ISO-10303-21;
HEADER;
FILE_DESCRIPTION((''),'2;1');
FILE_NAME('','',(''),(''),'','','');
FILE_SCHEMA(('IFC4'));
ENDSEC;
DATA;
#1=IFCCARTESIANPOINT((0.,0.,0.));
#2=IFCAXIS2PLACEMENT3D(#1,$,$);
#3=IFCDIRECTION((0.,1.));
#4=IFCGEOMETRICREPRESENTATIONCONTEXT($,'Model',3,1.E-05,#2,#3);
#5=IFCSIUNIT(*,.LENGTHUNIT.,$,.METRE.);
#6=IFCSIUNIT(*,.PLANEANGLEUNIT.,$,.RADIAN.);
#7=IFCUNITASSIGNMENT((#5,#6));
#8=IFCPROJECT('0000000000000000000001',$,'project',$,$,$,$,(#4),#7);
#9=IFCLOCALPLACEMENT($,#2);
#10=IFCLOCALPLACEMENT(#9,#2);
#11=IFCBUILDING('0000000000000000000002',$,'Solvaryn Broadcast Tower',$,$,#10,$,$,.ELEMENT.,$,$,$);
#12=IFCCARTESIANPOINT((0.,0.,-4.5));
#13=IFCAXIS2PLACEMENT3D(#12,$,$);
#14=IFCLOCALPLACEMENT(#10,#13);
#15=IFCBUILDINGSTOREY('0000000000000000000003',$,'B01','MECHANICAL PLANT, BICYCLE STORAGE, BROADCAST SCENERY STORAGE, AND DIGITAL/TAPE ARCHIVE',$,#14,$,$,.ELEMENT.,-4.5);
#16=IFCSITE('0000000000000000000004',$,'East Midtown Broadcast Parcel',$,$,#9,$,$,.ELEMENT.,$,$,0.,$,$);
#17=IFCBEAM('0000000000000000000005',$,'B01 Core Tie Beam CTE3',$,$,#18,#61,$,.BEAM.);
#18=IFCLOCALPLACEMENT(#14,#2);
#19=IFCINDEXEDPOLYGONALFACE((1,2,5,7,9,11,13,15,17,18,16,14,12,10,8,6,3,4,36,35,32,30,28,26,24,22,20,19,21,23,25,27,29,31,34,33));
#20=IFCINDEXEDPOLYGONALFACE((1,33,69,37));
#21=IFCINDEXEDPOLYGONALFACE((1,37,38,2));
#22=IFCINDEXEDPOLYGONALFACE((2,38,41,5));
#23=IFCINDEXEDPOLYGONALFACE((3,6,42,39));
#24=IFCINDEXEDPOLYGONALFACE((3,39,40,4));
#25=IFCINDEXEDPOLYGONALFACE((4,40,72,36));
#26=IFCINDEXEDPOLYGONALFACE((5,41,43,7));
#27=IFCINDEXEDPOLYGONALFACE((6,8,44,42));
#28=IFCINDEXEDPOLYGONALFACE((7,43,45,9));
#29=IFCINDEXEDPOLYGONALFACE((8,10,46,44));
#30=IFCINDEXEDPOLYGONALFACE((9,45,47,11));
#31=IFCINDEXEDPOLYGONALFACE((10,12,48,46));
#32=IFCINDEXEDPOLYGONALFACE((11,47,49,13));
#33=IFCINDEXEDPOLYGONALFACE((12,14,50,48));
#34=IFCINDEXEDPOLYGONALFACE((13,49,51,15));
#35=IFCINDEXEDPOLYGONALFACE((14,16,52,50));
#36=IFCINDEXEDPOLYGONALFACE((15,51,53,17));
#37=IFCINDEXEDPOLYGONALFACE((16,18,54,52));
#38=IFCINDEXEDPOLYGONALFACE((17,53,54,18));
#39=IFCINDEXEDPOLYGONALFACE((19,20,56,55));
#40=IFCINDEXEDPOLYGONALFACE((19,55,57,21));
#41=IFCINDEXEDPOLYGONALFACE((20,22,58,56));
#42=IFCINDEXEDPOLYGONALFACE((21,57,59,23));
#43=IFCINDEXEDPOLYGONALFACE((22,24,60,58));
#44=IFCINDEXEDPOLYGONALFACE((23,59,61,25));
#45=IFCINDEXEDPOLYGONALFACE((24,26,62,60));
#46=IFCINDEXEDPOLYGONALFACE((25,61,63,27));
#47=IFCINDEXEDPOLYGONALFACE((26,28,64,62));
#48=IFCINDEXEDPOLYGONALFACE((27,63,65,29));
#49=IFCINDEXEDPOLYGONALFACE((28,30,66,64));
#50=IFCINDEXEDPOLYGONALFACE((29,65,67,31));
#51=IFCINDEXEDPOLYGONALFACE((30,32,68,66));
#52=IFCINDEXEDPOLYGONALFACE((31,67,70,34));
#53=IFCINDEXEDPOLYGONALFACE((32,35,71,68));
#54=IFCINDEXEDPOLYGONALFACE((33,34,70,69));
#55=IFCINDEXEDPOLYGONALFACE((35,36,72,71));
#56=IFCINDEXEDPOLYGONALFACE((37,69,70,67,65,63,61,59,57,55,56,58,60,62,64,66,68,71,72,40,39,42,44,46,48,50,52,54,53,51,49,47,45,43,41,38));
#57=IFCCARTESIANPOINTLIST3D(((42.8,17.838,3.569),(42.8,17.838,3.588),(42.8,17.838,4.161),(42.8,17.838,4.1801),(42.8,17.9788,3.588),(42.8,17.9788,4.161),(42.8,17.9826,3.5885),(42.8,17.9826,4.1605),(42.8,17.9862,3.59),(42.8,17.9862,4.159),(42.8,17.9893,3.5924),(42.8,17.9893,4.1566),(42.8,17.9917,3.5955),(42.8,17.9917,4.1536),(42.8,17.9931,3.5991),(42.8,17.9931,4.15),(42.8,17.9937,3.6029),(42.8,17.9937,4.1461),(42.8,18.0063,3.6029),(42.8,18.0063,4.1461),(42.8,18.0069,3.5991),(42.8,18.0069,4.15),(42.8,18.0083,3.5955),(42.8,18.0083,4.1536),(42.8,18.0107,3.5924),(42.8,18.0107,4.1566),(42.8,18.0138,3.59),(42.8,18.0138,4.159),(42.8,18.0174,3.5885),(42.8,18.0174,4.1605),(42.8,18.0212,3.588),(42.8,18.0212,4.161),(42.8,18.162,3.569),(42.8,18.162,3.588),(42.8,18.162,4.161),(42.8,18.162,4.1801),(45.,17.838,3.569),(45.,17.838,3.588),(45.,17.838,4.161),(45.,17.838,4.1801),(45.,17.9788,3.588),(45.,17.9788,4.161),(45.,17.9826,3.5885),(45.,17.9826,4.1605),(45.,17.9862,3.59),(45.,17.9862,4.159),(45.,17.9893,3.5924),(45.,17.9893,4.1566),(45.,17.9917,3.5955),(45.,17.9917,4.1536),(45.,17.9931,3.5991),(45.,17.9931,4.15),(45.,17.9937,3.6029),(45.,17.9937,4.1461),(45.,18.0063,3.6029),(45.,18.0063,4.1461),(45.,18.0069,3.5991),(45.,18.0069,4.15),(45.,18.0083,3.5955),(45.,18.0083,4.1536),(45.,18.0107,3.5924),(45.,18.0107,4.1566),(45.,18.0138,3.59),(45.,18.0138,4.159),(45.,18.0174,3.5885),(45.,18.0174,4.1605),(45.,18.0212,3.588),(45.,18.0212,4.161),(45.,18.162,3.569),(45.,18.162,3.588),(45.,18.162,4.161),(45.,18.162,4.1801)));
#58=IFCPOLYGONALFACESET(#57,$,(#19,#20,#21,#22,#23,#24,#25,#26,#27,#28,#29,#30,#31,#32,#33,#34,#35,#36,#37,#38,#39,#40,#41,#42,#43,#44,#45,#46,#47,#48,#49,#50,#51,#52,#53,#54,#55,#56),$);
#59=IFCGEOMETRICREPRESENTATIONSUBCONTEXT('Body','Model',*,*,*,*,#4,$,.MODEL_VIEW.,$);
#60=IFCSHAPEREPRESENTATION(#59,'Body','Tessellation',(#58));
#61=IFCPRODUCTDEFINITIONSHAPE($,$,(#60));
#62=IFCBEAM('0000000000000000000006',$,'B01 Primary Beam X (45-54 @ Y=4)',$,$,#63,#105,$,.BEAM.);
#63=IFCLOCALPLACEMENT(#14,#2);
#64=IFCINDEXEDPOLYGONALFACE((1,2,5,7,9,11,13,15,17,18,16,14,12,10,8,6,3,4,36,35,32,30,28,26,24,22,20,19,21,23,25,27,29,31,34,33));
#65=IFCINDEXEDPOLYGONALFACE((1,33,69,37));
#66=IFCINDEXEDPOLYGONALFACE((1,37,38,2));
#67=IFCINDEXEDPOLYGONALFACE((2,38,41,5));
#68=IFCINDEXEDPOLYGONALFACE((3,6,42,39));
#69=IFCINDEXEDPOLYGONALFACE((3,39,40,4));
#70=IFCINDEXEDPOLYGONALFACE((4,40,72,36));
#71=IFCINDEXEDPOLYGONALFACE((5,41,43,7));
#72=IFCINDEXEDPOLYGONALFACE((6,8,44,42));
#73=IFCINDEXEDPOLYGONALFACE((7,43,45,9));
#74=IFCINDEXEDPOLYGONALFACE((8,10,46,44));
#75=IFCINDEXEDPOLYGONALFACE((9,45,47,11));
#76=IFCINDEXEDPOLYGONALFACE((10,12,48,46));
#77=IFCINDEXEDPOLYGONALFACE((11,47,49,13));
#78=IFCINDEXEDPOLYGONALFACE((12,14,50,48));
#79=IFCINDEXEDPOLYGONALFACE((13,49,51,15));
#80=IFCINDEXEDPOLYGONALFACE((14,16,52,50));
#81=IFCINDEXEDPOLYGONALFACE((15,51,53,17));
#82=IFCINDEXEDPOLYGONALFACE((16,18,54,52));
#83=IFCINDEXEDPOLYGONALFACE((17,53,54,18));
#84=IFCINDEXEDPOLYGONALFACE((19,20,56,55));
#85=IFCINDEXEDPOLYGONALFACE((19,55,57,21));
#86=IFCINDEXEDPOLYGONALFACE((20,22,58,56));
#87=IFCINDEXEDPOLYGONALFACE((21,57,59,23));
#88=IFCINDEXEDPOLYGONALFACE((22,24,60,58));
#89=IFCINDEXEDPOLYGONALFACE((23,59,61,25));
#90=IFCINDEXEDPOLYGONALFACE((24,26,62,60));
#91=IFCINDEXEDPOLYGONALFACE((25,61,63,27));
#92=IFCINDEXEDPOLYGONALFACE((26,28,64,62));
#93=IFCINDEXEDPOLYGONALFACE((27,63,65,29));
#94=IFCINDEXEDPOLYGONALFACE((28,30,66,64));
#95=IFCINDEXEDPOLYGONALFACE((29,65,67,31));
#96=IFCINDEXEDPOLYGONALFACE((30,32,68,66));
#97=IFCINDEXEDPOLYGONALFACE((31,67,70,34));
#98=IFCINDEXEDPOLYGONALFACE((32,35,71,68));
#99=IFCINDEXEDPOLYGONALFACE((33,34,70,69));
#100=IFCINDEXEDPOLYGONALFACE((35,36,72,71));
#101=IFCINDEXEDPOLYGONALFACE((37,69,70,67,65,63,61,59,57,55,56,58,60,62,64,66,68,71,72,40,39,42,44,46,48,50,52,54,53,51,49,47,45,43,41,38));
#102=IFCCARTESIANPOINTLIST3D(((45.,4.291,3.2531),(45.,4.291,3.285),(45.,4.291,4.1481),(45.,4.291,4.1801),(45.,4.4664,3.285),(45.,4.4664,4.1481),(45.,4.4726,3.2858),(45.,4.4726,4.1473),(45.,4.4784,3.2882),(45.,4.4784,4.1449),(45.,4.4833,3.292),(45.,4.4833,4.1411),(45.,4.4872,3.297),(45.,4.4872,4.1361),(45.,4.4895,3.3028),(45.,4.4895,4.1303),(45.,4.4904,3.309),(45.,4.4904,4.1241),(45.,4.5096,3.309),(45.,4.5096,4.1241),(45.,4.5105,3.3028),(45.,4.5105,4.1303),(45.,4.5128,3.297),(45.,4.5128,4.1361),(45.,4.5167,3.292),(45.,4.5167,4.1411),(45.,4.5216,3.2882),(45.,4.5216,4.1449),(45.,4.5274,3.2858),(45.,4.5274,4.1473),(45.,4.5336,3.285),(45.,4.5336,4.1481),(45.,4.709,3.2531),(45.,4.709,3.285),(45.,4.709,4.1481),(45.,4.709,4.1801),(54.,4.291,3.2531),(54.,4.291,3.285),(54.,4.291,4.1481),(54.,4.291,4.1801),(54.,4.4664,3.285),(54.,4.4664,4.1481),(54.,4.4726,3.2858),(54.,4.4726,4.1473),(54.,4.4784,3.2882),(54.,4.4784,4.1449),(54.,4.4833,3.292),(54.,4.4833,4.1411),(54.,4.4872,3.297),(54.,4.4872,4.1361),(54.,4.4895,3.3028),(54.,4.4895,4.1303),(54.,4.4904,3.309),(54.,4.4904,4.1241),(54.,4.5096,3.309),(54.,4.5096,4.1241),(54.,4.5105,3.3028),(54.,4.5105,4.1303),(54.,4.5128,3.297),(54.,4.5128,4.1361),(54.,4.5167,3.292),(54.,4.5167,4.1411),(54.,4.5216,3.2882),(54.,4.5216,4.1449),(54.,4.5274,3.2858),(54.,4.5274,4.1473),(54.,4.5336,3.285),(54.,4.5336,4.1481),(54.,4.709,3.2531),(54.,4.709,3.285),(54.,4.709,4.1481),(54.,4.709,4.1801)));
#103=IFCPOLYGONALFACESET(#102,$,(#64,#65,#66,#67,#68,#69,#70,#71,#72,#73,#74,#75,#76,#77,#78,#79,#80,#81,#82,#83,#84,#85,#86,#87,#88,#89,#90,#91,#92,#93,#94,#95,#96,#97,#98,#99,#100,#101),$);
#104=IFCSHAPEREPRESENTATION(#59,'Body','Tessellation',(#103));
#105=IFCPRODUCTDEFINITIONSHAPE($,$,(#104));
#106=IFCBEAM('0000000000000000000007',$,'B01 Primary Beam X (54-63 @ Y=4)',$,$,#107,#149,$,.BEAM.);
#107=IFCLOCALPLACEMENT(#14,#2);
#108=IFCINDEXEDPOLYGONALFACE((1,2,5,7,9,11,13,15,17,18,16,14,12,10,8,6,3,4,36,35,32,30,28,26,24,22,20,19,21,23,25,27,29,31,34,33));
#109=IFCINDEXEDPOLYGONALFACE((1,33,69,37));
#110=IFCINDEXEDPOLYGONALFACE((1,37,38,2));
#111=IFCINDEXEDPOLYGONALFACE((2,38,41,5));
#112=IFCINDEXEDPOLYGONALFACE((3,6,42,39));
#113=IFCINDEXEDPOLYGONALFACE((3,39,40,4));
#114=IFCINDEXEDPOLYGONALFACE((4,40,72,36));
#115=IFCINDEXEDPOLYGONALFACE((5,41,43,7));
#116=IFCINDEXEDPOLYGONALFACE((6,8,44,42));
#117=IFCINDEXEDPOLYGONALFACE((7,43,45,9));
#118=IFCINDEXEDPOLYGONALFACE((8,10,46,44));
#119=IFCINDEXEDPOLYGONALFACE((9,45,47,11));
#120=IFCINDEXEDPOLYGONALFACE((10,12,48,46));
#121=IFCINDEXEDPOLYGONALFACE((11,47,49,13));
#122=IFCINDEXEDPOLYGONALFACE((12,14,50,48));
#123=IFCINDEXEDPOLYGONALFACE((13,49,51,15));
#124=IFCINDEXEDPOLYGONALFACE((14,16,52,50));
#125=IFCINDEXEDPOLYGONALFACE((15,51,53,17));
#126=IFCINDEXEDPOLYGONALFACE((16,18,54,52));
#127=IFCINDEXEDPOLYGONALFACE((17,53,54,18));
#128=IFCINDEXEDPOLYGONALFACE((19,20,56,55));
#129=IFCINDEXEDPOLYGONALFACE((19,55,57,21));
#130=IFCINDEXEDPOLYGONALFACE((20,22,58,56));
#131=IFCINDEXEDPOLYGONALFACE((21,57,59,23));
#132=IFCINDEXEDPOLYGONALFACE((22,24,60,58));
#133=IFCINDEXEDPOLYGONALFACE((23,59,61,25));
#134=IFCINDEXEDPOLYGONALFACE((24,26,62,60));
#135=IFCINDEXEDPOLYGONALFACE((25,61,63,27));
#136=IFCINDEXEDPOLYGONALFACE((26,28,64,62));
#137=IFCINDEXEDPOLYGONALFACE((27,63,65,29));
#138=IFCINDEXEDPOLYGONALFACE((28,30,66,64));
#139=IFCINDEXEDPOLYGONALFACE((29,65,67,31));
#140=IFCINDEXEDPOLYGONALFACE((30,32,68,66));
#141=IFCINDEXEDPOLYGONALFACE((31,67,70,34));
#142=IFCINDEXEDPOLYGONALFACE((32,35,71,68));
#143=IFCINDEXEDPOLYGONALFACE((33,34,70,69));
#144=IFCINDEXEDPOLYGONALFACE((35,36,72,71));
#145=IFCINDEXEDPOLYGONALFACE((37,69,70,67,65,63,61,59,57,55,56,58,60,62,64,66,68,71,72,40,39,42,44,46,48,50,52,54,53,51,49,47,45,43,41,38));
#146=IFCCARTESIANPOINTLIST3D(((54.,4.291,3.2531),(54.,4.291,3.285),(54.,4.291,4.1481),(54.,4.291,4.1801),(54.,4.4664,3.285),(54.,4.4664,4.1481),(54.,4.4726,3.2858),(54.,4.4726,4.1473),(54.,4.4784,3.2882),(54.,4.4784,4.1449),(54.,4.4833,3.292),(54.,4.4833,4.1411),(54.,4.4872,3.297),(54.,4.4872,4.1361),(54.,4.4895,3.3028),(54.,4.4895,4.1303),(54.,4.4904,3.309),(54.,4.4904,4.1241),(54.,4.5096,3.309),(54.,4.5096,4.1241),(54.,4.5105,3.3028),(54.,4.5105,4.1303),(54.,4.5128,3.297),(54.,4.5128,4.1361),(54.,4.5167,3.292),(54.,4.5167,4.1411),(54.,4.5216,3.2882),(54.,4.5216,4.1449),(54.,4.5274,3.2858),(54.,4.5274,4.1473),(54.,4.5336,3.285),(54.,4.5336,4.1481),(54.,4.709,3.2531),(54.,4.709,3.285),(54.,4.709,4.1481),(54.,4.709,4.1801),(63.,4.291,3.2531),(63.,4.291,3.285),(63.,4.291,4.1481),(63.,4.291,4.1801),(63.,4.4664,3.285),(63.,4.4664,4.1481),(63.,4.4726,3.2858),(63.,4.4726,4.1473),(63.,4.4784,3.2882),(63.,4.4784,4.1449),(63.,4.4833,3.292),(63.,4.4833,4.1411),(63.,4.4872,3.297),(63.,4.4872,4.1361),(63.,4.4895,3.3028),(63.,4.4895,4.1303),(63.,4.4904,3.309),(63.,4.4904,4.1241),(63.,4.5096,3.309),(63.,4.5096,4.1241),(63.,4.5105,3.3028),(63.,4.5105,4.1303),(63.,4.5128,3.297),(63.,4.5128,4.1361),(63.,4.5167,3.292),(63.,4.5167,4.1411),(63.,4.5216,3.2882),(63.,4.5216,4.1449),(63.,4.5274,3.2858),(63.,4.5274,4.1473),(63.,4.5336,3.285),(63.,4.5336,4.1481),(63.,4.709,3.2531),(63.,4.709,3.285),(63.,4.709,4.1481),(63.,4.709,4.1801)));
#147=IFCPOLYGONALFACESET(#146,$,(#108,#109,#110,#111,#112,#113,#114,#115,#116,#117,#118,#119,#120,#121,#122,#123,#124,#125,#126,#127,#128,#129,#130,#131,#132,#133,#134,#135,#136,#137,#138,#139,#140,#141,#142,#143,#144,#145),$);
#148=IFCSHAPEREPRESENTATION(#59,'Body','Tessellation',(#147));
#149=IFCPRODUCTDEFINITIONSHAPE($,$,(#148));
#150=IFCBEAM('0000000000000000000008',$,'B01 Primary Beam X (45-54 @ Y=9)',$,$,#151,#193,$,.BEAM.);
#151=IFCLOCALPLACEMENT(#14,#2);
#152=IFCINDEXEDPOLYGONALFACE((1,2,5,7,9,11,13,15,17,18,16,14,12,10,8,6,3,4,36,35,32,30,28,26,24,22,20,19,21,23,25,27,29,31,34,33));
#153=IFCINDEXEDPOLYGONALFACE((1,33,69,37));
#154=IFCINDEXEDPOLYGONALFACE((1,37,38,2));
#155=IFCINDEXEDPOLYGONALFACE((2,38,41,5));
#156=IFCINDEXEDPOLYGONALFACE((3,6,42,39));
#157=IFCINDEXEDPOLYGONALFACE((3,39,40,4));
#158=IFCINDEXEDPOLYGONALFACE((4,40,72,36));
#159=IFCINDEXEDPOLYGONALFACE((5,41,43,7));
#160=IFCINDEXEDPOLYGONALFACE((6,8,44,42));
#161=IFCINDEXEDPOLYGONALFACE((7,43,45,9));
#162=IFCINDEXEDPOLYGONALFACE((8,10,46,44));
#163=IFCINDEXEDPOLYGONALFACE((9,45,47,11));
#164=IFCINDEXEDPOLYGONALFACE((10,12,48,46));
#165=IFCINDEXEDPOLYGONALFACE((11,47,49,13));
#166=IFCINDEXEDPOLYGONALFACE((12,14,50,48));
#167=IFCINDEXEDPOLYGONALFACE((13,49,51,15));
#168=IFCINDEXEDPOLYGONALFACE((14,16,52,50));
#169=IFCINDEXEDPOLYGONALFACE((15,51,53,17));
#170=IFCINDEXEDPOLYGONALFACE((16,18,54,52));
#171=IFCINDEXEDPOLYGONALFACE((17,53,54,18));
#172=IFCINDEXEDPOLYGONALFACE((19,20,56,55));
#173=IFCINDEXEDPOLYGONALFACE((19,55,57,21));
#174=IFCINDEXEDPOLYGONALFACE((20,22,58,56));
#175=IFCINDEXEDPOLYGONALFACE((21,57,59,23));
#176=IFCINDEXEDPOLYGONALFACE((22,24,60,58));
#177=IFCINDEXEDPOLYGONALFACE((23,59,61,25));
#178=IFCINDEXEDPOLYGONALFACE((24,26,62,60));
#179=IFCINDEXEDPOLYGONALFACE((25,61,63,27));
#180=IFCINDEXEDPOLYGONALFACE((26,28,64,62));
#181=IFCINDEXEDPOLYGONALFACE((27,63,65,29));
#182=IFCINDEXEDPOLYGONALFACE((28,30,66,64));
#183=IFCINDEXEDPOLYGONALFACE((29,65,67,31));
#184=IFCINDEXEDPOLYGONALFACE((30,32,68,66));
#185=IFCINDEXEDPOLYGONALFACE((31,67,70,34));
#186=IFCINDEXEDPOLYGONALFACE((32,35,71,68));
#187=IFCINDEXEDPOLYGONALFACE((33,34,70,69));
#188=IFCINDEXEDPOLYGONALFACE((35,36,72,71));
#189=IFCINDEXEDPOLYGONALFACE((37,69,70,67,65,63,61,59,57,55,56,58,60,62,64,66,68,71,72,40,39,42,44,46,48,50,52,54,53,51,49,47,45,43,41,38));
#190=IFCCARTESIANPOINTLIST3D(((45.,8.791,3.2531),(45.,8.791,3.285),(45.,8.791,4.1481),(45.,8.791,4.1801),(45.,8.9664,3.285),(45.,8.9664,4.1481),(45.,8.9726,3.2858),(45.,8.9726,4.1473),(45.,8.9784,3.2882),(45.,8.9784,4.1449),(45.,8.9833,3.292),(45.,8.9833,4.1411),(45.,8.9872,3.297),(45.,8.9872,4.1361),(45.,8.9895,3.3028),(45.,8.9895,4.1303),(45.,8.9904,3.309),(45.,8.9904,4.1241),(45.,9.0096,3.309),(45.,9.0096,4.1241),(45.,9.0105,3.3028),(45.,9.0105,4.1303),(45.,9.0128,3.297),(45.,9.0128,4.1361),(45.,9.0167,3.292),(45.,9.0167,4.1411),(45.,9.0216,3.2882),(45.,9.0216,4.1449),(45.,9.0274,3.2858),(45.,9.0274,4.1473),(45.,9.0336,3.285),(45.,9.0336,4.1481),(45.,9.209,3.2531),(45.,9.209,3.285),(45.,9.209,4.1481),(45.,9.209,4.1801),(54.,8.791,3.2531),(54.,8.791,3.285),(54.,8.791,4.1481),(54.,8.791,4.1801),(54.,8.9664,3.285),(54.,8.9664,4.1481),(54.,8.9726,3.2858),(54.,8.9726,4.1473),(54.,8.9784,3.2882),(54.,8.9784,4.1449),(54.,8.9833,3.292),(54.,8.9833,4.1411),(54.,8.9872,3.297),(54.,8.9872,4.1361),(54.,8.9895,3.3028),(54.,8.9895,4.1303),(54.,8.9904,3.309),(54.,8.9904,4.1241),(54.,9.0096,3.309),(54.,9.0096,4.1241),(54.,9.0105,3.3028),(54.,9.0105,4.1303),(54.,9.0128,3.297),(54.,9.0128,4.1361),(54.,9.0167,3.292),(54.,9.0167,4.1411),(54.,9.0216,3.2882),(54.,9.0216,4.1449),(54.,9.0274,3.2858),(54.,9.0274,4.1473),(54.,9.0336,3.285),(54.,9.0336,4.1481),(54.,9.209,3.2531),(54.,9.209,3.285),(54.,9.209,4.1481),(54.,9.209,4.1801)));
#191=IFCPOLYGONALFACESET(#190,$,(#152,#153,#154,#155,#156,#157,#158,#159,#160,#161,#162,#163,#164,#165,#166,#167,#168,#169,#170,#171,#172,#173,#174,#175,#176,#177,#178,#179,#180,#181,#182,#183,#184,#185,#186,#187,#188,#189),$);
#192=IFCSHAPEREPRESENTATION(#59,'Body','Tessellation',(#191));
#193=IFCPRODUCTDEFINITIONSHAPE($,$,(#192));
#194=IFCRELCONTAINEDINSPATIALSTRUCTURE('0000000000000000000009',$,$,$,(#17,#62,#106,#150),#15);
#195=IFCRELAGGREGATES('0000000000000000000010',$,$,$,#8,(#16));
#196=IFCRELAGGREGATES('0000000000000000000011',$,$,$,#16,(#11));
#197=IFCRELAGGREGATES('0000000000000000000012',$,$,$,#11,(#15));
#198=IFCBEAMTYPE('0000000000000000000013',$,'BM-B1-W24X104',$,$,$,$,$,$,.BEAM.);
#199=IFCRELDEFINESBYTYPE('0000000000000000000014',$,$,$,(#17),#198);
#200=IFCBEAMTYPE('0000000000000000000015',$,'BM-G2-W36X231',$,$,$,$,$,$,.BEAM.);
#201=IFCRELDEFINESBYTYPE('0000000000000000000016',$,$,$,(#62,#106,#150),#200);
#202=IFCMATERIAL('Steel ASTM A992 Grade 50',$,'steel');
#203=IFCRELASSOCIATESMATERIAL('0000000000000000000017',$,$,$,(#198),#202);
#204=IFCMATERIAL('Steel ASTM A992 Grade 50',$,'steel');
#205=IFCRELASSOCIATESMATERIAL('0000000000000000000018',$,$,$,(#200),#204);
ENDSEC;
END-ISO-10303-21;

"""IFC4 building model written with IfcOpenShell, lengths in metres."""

from ifc_helpers import new_model, si_unit, direction, frame, origin, origin_2d, place, context, subcontext, project, spatial, i_section, extrude, material, material_profile, profile_set, type_object, element, save


model = new_model("IFC4")

# Units and contexts
model_context = context("Model", 3, precision=1e-05, world=origin(), true_north=direction((0.0, 1.0)))
body_context = subcontext(model_context, "Body", "Model", "MODEL_VIEW")
ifc_project = project(units=[si_unit("LENGTHUNIT", "METRE"), si_unit("PLANEANGLEUNIT", "RADIAN")], contexts=[model_context])

# Site, building, storey
site_placement = place(None, origin())
site = spatial("IfcSite", under=ifc_project, at=site_placement, Name="East Midtown Broadcast Parcel", CompositionType="ELEMENT", RefElevation=0.0)
building_placement = place(site_placement, origin())
building = spatial("IfcBuilding", under=site, at=building_placement, Name="Solvaryn Broadcast Tower", CompositionType="ELEMENT")
storey_placement = place(building_placement, frame((0.0, 0.0, -4.5)))
storey = spatial("IfcBuildingStorey", under=building, at=storey_placement, Name="B01", Description="MECHANICAL PLANT, BICYCLE STORAGE, BROADCAST SCENERY STORAGE, AND DIGITAL/TAPE ARCHIVE", CompositionType="ELEMENT", Elevation=-4.5)

# Beams
ifc_material_1 = material(Name="Steel ASTM A992 Grade 50", Category="steel")
ifc_material_profile_1 = material_profile(ifc_material_1, i_section(OverallWidth=0.324, OverallDepth=0.6111, WebThickness=0.0127, FlangeThickness=0.019, FilletRadius=0.0149, at=origin_2d()))
ifc_profile_set_1 = profile_set([ifc_material_profile_1], Name="Steel ASTM A992 Grade 50")
beam_type_1 = type_object("IfcBeamType", Name="BM-B1-W24X104", PredefinedType="BEAM", material=ifc_profile_set_1)
beam_placement = place(storey_placement, frame((42.8, 18.0, 3.8745), z_axis=(1.0, 0.0, 0.0), x_axis=(0.0, 1.0, 0.0)))
element("IfcBeam", 1, at=beam_placement, inside=storey, type_object=beam_type_1, Name="B01 Core Tie Beam CTE3", PredefinedType="BEAM", context=body_context, shape_type="SweptSolid", body=[
    extrude(i_section(OverallWidth=0.324, OverallDepth=0.6111, WebThickness=0.0127, FlangeThickness=0.019, FilletRadius=0.0149, at=origin_2d()), origin(), (0.0, 0.0, 1.0), 2.2),
])
ifc_material_2 = material(Name="Steel ASTM A992 Grade 50", Category="steel")
ifc_material_profile_2 = material_profile(ifc_material_2, i_section(OverallWidth=0.418, OverallDepth=0.927, WebThickness=0.0193, FlangeThickness=0.032, FilletRadius=0.0239, at=origin_2d()))
ifc_profile_set_2 = profile_set([ifc_material_profile_2], Name="Steel ASTM A992 Grade 50")
beam_type_2 = type_object("IfcBeamType", Name="BM-G2-W36X231", PredefinedType="BEAM", material=ifc_profile_set_2)
for number, where, z_axis, x_axis, name in (
    (2, (45.0, 4.5, 3.7166), (1.0, 0.0, 0.0), (0.0, 1.0, 0.0), "B01 Primary Beam X (45-54 @ Y=4)"),
    (3, (54.0, 4.5, 3.7166), (1.0, 0.0, 0.0), (0.0, 1.0, 0.0), "B01 Primary Beam X (54-63 @ Y=4)"),
    (4, (45.0, 9.0, 3.7166), (1.0, 0.0, 0.0), (0.0, 1.0, 0.0), "B01 Primary Beam X (45-54 @ Y=9)"),
):
    element("IfcBeam", number, at=place(storey_placement, frame(where, z_axis=z_axis, x_axis=x_axis)), inside=storey, type_object=beam_type_2, Name=name, PredefinedType="BEAM", context=body_context, shape_type="SweptSolid", body=[
        extrude(i_section(OverallWidth=0.418, OverallDepth=0.927, WebThickness=0.0193, FlangeThickness=0.032, FilletRadius=0.0239, at=origin_2d()), origin(), (0.0, 0.0, 1.0), 9.0),
    ])

save(model, "model.ifc")
